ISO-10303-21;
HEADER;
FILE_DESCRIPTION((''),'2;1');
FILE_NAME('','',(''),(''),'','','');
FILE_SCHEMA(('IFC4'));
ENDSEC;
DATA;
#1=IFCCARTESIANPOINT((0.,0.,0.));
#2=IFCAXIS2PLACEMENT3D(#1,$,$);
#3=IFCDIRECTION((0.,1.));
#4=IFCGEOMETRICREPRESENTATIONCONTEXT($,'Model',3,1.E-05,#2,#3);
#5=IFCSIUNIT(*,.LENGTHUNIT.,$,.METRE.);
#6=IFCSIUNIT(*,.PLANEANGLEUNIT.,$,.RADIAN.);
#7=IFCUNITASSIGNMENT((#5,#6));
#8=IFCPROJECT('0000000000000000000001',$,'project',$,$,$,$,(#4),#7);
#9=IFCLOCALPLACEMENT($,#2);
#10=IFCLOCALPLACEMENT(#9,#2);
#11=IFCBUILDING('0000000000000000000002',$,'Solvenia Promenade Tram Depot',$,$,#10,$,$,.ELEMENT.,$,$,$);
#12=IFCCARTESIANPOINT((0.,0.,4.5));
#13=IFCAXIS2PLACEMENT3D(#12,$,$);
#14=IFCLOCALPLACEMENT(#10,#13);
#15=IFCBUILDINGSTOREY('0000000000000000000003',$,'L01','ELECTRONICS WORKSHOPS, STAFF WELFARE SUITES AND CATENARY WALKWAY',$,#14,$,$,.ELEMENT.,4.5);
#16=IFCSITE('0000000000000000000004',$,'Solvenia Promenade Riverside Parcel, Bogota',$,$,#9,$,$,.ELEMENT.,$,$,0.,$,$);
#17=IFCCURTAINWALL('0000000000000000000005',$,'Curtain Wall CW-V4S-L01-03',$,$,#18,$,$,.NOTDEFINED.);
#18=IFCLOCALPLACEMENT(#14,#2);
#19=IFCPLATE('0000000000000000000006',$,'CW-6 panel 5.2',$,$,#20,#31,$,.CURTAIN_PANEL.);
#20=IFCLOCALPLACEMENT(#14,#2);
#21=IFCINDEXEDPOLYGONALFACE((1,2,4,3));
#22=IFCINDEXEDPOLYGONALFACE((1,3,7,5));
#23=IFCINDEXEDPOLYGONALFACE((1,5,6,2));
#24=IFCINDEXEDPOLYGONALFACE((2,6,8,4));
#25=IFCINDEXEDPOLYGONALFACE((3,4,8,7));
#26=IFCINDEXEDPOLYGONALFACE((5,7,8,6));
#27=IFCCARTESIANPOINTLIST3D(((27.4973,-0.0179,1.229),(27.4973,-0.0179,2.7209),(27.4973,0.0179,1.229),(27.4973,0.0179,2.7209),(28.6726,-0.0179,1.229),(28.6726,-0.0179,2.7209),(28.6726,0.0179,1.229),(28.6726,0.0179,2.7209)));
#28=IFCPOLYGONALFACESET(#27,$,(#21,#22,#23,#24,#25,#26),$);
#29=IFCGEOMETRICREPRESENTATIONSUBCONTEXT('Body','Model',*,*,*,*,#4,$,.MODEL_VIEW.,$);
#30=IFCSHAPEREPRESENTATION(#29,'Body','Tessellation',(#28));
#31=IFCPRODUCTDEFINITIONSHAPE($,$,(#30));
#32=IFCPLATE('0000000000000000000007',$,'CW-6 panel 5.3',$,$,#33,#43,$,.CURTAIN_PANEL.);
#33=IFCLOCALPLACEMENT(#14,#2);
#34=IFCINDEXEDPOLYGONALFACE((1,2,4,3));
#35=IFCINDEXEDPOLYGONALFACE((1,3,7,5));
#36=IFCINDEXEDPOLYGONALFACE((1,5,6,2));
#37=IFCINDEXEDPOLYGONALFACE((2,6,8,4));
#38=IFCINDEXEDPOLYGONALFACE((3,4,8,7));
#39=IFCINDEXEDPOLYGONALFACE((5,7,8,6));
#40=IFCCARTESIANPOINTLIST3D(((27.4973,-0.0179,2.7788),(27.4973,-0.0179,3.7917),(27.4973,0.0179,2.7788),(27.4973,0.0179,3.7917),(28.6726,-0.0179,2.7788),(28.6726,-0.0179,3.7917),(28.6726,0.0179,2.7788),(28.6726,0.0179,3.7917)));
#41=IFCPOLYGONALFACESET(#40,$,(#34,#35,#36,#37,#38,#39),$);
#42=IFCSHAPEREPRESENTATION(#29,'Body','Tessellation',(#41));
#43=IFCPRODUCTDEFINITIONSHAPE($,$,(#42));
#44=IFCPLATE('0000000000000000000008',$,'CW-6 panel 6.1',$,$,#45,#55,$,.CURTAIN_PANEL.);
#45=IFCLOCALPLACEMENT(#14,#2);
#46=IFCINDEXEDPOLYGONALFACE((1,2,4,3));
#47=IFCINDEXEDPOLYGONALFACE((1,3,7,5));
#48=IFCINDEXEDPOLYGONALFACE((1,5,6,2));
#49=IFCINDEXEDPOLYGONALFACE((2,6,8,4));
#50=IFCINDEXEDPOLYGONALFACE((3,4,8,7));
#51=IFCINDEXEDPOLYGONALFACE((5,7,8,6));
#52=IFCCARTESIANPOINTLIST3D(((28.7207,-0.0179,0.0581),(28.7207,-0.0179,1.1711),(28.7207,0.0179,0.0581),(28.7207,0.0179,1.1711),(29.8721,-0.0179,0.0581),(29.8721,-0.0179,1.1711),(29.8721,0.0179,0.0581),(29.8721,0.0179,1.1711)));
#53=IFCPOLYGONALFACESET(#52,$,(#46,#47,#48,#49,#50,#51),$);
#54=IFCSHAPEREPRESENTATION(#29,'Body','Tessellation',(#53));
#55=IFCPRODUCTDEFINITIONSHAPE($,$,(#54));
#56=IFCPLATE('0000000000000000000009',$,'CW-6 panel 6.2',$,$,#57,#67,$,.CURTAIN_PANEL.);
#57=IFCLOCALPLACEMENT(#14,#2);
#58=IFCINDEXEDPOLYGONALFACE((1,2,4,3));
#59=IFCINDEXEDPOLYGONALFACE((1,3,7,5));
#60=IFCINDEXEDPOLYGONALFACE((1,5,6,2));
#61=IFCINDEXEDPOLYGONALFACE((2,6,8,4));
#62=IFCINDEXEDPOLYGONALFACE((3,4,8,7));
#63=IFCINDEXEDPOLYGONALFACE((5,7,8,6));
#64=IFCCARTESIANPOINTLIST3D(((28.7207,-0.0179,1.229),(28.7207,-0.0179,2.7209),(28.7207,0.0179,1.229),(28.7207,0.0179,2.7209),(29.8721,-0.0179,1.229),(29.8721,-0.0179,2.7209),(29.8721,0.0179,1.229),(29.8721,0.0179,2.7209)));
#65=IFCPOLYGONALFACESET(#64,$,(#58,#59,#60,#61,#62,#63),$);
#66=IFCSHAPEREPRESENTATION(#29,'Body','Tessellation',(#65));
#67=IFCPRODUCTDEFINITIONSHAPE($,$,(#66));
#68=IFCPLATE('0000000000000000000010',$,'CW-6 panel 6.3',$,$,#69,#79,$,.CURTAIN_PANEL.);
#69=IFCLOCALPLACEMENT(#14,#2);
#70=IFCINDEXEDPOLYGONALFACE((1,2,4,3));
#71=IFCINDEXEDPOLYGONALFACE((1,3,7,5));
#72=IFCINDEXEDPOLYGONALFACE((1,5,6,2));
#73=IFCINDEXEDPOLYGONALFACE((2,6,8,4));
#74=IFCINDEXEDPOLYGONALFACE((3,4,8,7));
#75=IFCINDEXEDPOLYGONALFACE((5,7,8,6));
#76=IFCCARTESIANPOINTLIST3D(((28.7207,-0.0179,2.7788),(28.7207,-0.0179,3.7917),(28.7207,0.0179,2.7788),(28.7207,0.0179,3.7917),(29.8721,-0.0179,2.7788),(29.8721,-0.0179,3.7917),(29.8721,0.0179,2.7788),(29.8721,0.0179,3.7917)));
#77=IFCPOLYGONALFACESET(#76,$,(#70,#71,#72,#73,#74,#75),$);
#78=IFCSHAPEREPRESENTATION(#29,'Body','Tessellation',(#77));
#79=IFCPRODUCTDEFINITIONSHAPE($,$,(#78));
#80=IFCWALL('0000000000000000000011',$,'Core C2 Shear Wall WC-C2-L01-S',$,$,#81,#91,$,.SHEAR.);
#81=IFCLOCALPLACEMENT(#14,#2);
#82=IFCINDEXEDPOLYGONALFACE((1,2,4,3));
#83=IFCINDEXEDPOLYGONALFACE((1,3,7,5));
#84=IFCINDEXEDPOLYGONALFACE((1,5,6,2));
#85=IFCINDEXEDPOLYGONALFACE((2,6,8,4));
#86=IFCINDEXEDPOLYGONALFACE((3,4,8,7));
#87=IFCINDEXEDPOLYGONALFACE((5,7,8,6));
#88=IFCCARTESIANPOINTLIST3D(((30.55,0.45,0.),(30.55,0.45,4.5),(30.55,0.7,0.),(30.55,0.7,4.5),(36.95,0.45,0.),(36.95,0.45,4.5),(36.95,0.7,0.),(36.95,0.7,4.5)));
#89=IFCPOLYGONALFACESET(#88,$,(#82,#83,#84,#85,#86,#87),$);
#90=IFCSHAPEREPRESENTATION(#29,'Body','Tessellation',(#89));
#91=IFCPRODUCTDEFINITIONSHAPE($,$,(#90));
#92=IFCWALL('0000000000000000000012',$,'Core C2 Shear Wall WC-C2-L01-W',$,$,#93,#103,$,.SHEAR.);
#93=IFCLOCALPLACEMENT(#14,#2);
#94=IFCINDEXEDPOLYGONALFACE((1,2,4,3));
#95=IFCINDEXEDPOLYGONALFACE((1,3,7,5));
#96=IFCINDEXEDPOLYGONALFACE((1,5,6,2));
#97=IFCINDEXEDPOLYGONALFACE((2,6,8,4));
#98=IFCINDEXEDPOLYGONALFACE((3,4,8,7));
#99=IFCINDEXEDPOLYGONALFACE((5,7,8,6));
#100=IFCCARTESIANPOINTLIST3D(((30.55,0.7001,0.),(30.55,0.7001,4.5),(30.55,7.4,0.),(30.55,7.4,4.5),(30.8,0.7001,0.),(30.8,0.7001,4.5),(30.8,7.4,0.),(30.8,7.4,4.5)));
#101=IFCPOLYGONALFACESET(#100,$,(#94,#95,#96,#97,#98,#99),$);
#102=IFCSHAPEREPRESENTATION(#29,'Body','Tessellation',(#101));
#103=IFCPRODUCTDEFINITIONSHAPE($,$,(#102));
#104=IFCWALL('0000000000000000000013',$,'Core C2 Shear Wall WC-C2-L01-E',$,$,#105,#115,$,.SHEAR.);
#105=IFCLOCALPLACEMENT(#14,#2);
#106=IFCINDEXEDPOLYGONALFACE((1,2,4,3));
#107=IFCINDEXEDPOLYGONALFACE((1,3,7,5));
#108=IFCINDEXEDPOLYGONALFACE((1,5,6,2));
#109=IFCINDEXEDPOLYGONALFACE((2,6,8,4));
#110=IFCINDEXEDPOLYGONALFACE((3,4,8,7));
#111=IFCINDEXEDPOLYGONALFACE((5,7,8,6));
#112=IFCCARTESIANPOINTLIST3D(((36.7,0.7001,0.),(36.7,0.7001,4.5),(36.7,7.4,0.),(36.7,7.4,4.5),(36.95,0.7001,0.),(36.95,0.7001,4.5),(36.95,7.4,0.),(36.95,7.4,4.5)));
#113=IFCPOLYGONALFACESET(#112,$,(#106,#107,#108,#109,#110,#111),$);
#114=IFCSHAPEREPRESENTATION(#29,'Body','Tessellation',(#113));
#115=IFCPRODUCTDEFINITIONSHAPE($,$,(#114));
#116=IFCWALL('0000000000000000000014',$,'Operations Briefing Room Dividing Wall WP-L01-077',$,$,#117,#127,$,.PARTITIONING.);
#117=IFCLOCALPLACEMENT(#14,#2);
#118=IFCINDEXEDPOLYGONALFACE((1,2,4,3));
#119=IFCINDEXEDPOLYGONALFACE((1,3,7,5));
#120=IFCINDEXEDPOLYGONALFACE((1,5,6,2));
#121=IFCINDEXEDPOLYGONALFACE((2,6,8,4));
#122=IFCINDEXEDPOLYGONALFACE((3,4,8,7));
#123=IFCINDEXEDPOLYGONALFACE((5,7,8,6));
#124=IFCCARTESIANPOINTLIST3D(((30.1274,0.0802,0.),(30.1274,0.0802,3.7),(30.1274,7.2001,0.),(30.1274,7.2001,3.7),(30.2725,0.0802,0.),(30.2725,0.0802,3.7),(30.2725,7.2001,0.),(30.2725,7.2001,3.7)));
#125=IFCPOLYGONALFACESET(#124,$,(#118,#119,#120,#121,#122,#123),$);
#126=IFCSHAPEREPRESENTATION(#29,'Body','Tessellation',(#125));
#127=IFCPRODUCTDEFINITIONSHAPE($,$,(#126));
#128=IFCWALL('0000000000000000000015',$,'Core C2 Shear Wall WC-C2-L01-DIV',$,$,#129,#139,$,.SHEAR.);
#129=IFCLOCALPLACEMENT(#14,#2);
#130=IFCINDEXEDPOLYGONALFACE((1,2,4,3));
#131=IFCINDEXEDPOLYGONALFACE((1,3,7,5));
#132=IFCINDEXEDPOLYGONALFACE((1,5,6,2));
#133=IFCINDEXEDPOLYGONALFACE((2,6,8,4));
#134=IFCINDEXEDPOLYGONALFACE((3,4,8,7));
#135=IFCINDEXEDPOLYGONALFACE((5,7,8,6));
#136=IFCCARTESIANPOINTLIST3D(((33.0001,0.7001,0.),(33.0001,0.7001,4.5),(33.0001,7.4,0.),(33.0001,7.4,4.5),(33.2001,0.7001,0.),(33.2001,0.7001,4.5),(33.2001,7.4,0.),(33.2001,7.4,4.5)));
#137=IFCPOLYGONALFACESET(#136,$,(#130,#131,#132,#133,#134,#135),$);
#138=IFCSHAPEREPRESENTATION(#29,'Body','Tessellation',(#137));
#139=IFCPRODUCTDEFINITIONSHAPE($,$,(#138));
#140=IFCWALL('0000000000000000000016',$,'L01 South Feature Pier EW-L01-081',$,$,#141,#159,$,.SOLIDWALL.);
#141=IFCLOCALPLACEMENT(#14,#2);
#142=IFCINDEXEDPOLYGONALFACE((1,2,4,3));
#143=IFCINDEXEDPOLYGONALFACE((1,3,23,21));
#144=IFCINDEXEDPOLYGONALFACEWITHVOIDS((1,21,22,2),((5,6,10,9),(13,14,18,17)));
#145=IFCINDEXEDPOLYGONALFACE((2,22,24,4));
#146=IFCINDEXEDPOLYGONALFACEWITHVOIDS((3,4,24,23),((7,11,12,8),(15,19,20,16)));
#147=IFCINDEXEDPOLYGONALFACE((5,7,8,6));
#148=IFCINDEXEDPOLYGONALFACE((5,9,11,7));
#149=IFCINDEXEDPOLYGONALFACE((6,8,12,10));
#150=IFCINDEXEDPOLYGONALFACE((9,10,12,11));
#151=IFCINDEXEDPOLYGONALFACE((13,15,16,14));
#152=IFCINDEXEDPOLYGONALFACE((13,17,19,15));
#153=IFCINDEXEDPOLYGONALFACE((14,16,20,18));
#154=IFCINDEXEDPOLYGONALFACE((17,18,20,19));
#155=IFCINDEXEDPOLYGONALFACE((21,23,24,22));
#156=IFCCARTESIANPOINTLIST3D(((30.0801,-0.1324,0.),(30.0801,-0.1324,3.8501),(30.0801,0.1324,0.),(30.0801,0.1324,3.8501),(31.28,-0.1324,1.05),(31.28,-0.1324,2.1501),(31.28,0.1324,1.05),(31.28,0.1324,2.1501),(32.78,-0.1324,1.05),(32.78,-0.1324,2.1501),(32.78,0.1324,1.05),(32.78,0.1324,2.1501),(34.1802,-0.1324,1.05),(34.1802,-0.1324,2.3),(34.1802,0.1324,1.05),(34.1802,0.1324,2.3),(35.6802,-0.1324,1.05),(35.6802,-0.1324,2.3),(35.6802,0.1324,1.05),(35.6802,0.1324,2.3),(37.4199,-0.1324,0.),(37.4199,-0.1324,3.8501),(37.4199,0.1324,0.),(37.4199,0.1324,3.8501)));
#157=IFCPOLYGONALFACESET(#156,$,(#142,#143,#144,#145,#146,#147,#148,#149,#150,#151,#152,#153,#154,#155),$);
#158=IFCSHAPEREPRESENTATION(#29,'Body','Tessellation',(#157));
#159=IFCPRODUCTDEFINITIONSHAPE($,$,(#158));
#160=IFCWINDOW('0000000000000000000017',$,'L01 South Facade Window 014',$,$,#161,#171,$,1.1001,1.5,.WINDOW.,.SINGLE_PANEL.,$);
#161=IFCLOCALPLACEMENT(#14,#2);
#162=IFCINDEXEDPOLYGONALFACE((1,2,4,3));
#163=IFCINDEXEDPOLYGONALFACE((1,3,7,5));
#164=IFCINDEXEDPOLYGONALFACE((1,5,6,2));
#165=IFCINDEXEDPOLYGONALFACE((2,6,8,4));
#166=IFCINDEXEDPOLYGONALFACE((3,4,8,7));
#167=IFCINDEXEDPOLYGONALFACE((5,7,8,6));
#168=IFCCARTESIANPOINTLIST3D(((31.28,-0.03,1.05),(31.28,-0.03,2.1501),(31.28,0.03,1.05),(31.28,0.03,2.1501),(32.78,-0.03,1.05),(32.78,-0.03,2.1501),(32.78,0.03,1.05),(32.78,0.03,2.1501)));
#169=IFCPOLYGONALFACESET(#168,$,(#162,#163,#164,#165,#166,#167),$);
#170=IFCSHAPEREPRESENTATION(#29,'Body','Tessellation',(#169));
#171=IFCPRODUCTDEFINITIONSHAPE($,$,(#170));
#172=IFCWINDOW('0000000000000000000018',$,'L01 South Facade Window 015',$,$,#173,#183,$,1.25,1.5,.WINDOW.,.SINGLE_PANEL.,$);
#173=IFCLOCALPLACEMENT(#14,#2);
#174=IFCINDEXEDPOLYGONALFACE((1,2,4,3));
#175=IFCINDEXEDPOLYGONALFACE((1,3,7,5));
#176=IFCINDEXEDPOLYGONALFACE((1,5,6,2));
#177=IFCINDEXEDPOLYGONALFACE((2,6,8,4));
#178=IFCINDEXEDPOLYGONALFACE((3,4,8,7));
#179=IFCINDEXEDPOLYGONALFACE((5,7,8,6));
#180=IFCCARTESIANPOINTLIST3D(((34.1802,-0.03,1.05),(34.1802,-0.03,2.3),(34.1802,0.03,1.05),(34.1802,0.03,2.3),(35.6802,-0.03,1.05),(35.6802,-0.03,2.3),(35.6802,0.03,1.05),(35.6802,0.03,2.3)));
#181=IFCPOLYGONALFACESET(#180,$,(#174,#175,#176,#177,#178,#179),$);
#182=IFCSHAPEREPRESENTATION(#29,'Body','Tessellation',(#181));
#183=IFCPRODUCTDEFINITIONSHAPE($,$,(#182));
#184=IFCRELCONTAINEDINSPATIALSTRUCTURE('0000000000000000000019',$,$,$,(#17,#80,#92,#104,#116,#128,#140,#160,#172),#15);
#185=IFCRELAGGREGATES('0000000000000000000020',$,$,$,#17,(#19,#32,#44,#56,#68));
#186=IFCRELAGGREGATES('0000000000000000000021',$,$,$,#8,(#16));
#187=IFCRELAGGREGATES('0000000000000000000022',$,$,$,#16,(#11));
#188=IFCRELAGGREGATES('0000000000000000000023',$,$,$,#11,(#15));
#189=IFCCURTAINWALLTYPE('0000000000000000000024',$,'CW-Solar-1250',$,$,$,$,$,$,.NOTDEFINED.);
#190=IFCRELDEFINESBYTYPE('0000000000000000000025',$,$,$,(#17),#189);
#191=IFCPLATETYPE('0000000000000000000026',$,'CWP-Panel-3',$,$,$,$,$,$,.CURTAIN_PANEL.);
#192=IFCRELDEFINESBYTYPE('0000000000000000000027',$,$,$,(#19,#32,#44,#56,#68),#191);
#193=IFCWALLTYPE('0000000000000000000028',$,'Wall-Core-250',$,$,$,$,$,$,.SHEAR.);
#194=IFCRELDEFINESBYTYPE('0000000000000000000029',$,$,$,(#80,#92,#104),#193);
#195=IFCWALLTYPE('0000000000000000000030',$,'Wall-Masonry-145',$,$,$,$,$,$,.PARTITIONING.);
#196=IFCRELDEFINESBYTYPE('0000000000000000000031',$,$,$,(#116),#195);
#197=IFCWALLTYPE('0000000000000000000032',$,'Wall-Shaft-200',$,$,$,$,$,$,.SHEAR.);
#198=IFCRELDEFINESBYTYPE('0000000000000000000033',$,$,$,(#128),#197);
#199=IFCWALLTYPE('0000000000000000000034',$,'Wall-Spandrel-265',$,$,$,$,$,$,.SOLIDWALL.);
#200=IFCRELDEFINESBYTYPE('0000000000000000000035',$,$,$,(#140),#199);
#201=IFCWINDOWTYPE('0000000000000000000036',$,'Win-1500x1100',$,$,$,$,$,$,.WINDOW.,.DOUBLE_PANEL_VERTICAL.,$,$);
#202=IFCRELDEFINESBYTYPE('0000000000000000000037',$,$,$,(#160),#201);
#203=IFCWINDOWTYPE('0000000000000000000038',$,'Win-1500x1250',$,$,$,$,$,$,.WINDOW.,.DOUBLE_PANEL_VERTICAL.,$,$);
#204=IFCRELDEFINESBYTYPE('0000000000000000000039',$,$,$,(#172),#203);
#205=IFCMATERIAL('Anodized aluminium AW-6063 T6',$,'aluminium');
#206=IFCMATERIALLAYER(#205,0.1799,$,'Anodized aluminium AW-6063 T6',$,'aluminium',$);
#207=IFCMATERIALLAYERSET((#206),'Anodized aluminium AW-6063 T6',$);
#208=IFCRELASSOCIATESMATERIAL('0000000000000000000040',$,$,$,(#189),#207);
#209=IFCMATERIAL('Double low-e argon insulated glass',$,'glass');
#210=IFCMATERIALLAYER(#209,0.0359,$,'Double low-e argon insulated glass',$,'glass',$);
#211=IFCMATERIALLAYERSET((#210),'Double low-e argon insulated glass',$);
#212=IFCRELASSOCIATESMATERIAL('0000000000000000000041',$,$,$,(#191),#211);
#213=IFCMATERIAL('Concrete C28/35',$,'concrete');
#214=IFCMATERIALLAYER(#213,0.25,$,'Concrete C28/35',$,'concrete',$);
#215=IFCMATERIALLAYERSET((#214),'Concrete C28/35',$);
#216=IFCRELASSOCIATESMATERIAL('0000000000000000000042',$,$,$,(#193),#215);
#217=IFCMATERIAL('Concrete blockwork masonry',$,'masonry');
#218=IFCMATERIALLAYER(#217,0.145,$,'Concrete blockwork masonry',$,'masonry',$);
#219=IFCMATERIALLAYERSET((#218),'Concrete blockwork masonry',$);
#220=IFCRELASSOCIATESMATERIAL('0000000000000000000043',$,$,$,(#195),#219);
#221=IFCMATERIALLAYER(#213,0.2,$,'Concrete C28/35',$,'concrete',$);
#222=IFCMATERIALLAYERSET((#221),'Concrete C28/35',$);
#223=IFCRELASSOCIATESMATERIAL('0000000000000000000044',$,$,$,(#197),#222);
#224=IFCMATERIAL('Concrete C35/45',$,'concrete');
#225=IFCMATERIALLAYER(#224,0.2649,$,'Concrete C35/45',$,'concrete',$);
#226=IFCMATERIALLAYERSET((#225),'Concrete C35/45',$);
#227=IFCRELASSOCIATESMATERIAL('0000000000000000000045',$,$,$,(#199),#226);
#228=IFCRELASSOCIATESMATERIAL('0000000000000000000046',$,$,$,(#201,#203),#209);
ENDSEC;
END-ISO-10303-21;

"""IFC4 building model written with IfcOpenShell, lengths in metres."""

from ifc_helpers import new_model, si_unit, direction, frame, frame_2d, origin, origin_2d, place, context, subcontext, project, spatial, rectangle, extrude, material, layer, layer_set, type_object, element, fill, aggregate, save


model = new_model("IFC4")

# Units and contexts
model_context = context("Model", 3, precision=1e-05, world=origin(), true_north=direction((0.0, 1.0)))
body_context = subcontext(model_context, "Body", "Model", "MODEL_VIEW")
ifc_project = project(units=[si_unit("LENGTHUNIT", "METRE"), si_unit("PLANEANGLEUNIT", "RADIAN")], contexts=[model_context])

# Site, building, storey
site_placement = place(None, origin())
site = spatial("IfcSite", under=ifc_project, at=site_placement, Name="Solvenia Promenade Riverside Parcel, Bogota", CompositionType="ELEMENT", RefElevation=0.0)
building_placement = place(site_placement, origin())
building = spatial("IfcBuilding", under=site, at=building_placement, Name="Solvenia Promenade Tram Depot", CompositionType="ELEMENT")
storey_placement = place(building_placement, frame((0.0, 0.0, 4.5)))
storey = spatial("IfcBuildingStorey", under=building, at=storey_placement, Name="L01", Description="ELECTRONICS WORKSHOPS, STAFF WELFARE SUITES AND CATENARY WALKWAY", CompositionType="ELEMENT", Elevation=4.5)

# Curtain wall
ifc_material_1 = material(Name="Anodized aluminium AW-6063 T6", Category="aluminium")
ifc_layer_1 = layer(ifc_material_1, 0.1799, Name="Anodized aluminium AW-6063 T6", Category="aluminium")
ifc_layer_set_1 = layer_set([ifc_layer_1], Name="Anodized aluminium AW-6063 T6")
curtain_wall_type = type_object("IfcCurtainWallType", Name="CW-Solar-1250", PredefinedType="NOTDEFINED", material=ifc_layer_set_1)
curtain_wall_placement = place(storey_placement, origin())
curtain_wall = element("IfcCurtainWall", 1, at=curtain_wall_placement, inside=storey, type_object=curtain_wall_type, Name="Curtain Wall CW-V4S-L01-03", PredefinedType="NOTDEFINED")

# Plates
ifc_material_2 = material(Name="Double low-e argon insulated glass", Category="glass")
ifc_layer_2 = layer(ifc_material_2, 0.0359, Name="Double low-e argon insulated glass", Category="glass")
ifc_layer_set_2 = layer_set([ifc_layer_2], Name="Double low-e argon insulated glass")
plate_type = type_object("IfcPlateType", Name="CWP-Panel-3", PredefinedType="CURTAIN_PANEL", material=ifc_layer_set_2)
plate_1_placement = place(storey_placement, frame((28.085, 0.0, 1.229), z_axis=(0.0, 0.0, 1.0), x_axis=(1.0, 0.0, 0.0)))
plate_1 = element("IfcPlate", 2, at=plate_1_placement, type_object=plate_type, Name="CW-6 panel 5.2", PredefinedType="CURTAIN_PANEL", context=body_context, shape_type="SweptSolid", body=[
    extrude(rectangle(XDim=1.1753, YDim=0.0359, at=origin_2d()), origin(), (0.0, 0.0, 1.0), 1.4919),
])
plate_2_placement = place(storey_placement, frame((28.085, 0.0, 2.7788), z_axis=(0.0, 0.0, 1.0), x_axis=(1.0, 0.0, 0.0)))
plate_2 = element("IfcPlate", 3, at=plate_2_placement, type_object=plate_type, Name="CW-6 panel 5.3", PredefinedType="CURTAIN_PANEL", context=body_context, shape_type="SweptSolid", body=[
    extrude(rectangle(XDim=1.1753, YDim=0.0359, at=origin_2d()), origin(), (0.0, 0.0, 1.0), 1.0129),
])
plate_3_placement = place(storey_placement, frame((29.2964, 0.0, 0.0581), z_axis=(0.0, 0.0, 1.0), x_axis=(1.0, 0.0, 0.0)))
plate_3 = element("IfcPlate", 4, at=plate_3_placement, type_object=plate_type, Name="CW-6 panel 6.1", PredefinedType="CURTAIN_PANEL", context=body_context, shape_type="SweptSolid", body=[
    extrude(rectangle(XDim=1.1514, YDim=0.0359, at=origin_2d()), origin(), (0.0, 0.0, 1.0), 1.113),
])
plate_4_placement = place(storey_placement, frame((29.2964, 0.0, 1.229), z_axis=(0.0, 0.0, 1.0), x_axis=(1.0, 0.0, 0.0)))
plate_4 = element("IfcPlate", 5, at=plate_4_placement, type_object=plate_type, Name="CW-6 panel 6.2", PredefinedType="CURTAIN_PANEL", context=body_context, shape_type="SweptSolid", body=[
    extrude(rectangle(XDim=1.1514, YDim=0.0359, at=origin_2d()), origin(), (0.0, 0.0, 1.0), 1.4919),
])
plate_5_placement = place(storey_placement, frame((29.2964, 0.0, 2.7788), z_axis=(0.0, 0.0, 1.0), x_axis=(1.0, 0.0, 0.0)))
plate_5 = element("IfcPlate", 6, at=plate_5_placement, type_object=plate_type, Name="CW-6 panel 6.3", PredefinedType="CURTAIN_PANEL", context=body_context, shape_type="SweptSolid", body=[
    extrude(rectangle(XDim=1.1514, YDim=0.0359, at=origin_2d()), origin(), (0.0, 0.0, 1.0), 1.0129),
])
aggregate(curtain_wall, [plate_1, plate_2, plate_3, plate_4, plate_5])

# Walls
ifc_material_3 = material(Name="Concrete C28/35", Category="concrete")
ifc_layer_3 = layer(ifc_material_3, 0.25, Name="Concrete C28/35", Category="concrete")
ifc_layer_set_3 = layer_set([ifc_layer_3], Name="Concrete C28/35")
wall_type_1 = type_object("IfcWallType", Name="Wall-Core-250", PredefinedType="SHEAR", material=ifc_layer_set_3)
wall_1_placement = place(storey_placement, frame((30.55, 0.575, 0.0), z_axis=(0.0, 0.0, 1.0), x_axis=(1.0, 0.0, 0.0)))
element("IfcWall", 7, at=wall_1_placement, inside=storey, type_object=wall_type_1, Name="Core C2 Shear Wall WC-C2-L01-S", PredefinedType="SHEAR", context=body_context, shape_type="SweptSolid", body=[
    extrude(rectangle(XDim=6.3999, YDim=0.25, at=frame_2d((3.2, 0.0))), origin(), (0.0, 0.0, 1.0), 4.5),
])
for number, where, z_axis, x_axis, name in (
    (8, (30.675, 0.7, 0.0), (0.0, 0.0, 1.0), (0.0, 1.0, 0.0), "Core C2 Shear Wall WC-C2-L01-W"),
    (9, (36.825, 0.7, 0.0), (0.0, 0.0, 1.0), (0.0, 1.0, 0.0), "Core C2 Shear Wall WC-C2-L01-E"),
):
    element("IfcWall", number, at=place(storey_placement, frame(where, z_axis=z_axis, x_axis=x_axis)), inside=storey, type_object=wall_type_1, Name=name, PredefinedType="SHEAR", context=body_context, shape_type="SweptSolid", body=[
        extrude(rectangle(XDim=6.7, YDim=0.25, at=frame_2d((3.3501, 0.0))), origin(), (0.0, 0.0, 1.0), 4.5),
    ])
ifc_material_4 = material(Name="Concrete blockwork masonry", Category="masonry")
ifc_layer_4 = layer(ifc_material_4, 0.145, Name="Concrete blockwork masonry", Category="masonry")
ifc_layer_set_4 = layer_set([ifc_layer_4], Name="Concrete blockwork masonry")
wall_type_2 = type_object("IfcWallType", Name="Wall-Masonry-145", PredefinedType="PARTITIONING", material=ifc_layer_set_4)
wall_2_placement = place(storey_placement, frame((30.2, 0.0801, 0.0), z_axis=(0.0, 0.0, 1.0), x_axis=(0.0, 1.0, 0.0)))
element("IfcWall", 10, at=wall_2_placement, inside=storey, type_object=wall_type_2, Name="Operations Briefing Room Dividing Wall WP-L01-077", PredefinedType="PARTITIONING", context=body_context, shape_type="SweptSolid", body=[
    extrude(rectangle(XDim=7.1199, YDim=0.145, at=frame_2d((3.5601, 0.0))), origin(), (0.0, 0.0, 1.0), 3.7),
])
ifc_layer_5 = layer(ifc_material_3, 0.2, Name="Concrete C28/35", Category="concrete")
ifc_layer_set_5 = layer_set([ifc_layer_5], Name="Concrete C28/35")
wall_type_3 = type_object("IfcWallType", Name="Wall-Shaft-200", PredefinedType="SHEAR", material=ifc_layer_set_5)
wall_3_placement = place(storey_placement, frame((33.1001, 0.7, 0.0), z_axis=(0.0, 0.0, 1.0), x_axis=(0.0, 1.0, 0.0)))
element("IfcWall", 11, at=wall_3_placement, inside=storey, type_object=wall_type_3, Name="Core C2 Shear Wall WC-C2-L01-DIV", PredefinedType="SHEAR", context=body_context, shape_type="SweptSolid", body=[
    extrude(rectangle(XDim=6.7, YDim=0.2, at=frame_2d((3.3501, 0.0))), origin(), (0.0, 0.0, 1.0), 4.5),
])

# Wall, openings, windows
ifc_material_5 = material(Name="Concrete C35/45", Category="concrete")
ifc_layer_6 = layer(ifc_material_5, 0.2649, Name="Concrete C35/45", Category="concrete")
ifc_layer_set_6 = layer_set([ifc_layer_6], Name="Concrete C35/45")
wall_type_4 = type_object("IfcWallType", Name="Wall-Spandrel-265", PredefinedType="SOLIDWALL", material=ifc_layer_set_6)
wall_4_placement = place(storey_placement, frame((30.0801, 0.0, 0.0), z_axis=(0.0, 0.0, 1.0), x_axis=(1.0, 0.0, 0.0)))
wall_4 = element("IfcWall", 12, at=wall_4_placement, inside=storey, type_object=wall_type_4, Name="L01 South Feature Pier EW-L01-081", PredefinedType="SOLIDWALL", context=body_context, shape_type="SweptSolid", body=[
    extrude(rectangle(XDim=7.3398, YDim=0.2649, at=frame_2d((3.6699, 0.0))), origin(), (0.0, 0.0, 1.0), 3.8501),
])
opening_1_placement = place(wall_4_placement, frame((1.2, 0.0, 1.05)))
opening_1 = element("IfcOpeningElement", 13, at=opening_1_placement, cuts=wall_4, PredefinedType="OPENING", context=body_context, shape_type="SweptSolid", body=[
    extrude(rectangle(XDim=1.5, YDim=1.1001, at=frame_2d((0.75, 0.55))), frame((0.0, 0.1423, 0.0), z_axis=(0.0, -1.0, 0.0), x_axis=(1.0, 0.0, 0.0)), (0.0, 0.0, 1.0), 0.2849),
])
opening_2_placement = place(wall_4_placement, frame((4.1001, 0.0, 1.05)))
opening_2 = element("IfcOpeningElement", 14, at=opening_2_placement, cuts=wall_4, PredefinedType="OPENING", context=body_context, shape_type="SweptSolid", body=[
    extrude(rectangle(XDim=1.5, YDim=1.25, at=frame_2d((0.75, 0.625))), frame((0.0, 0.1423, 0.0), z_axis=(0.0, -1.0, 0.0), x_axis=(1.0, 0.0, 0.0)), (0.0, 0.0, 1.0), 0.2849),
])
window_type_1 = type_object("IfcWindowType", Name="Win-1500x1100", PartitioningType="DOUBLE_PANEL_VERTICAL", PredefinedType="WINDOW", material=ifc_material_2)
window_1_placement = place(opening_1_placement, origin())
window_1 = element("IfcWindow", 15, at=window_1_placement, inside=storey, type_object=window_type_1, Name="L01 South Facade Window 014", OverallHeight=1.1001, OverallWidth=1.5, PartitioningType="SINGLE_PANEL", PredefinedType="WINDOW", context=body_context, shape_type="SweptSolid", body=[
    extrude(rectangle(XDim=1.5, YDim=1.1001, at=frame_2d((0.75, 0.55))), frame((0.0, 0.03, 0.0), z_axis=(0.0, -1.0, 0.0), x_axis=(1.0, 0.0, 0.0)), (0.0, 0.0, 1.0), 0.0601),
])
fill(opening_1, window_1)
window_type_2 = type_object("IfcWindowType", Name="Win-1500x1250", PartitioningType="DOUBLE_PANEL_VERTICAL", PredefinedType="WINDOW", material=ifc_material_2)
window_2_placement = place(opening_2_placement, origin())
window_2 = element("IfcWindow", 16, at=window_2_placement, inside=storey, type_object=window_type_2, Name="L01 South Facade Window 015", OverallHeight=1.25, OverallWidth=1.5, PartitioningType="SINGLE_PANEL", PredefinedType="WINDOW", context=body_context, shape_type="SweptSolid", body=[
    extrude(rectangle(XDim=1.5, YDim=1.25, at=frame_2d((0.75, 0.625))), frame((0.0, 0.03, 0.0), z_axis=(0.0, -1.0, 0.0), x_axis=(1.0, 0.0, 0.0)), (0.0, 0.0, 1.0), 0.0601),
])
fill(opening_2, window_2)

save(model, "model.ifc")
